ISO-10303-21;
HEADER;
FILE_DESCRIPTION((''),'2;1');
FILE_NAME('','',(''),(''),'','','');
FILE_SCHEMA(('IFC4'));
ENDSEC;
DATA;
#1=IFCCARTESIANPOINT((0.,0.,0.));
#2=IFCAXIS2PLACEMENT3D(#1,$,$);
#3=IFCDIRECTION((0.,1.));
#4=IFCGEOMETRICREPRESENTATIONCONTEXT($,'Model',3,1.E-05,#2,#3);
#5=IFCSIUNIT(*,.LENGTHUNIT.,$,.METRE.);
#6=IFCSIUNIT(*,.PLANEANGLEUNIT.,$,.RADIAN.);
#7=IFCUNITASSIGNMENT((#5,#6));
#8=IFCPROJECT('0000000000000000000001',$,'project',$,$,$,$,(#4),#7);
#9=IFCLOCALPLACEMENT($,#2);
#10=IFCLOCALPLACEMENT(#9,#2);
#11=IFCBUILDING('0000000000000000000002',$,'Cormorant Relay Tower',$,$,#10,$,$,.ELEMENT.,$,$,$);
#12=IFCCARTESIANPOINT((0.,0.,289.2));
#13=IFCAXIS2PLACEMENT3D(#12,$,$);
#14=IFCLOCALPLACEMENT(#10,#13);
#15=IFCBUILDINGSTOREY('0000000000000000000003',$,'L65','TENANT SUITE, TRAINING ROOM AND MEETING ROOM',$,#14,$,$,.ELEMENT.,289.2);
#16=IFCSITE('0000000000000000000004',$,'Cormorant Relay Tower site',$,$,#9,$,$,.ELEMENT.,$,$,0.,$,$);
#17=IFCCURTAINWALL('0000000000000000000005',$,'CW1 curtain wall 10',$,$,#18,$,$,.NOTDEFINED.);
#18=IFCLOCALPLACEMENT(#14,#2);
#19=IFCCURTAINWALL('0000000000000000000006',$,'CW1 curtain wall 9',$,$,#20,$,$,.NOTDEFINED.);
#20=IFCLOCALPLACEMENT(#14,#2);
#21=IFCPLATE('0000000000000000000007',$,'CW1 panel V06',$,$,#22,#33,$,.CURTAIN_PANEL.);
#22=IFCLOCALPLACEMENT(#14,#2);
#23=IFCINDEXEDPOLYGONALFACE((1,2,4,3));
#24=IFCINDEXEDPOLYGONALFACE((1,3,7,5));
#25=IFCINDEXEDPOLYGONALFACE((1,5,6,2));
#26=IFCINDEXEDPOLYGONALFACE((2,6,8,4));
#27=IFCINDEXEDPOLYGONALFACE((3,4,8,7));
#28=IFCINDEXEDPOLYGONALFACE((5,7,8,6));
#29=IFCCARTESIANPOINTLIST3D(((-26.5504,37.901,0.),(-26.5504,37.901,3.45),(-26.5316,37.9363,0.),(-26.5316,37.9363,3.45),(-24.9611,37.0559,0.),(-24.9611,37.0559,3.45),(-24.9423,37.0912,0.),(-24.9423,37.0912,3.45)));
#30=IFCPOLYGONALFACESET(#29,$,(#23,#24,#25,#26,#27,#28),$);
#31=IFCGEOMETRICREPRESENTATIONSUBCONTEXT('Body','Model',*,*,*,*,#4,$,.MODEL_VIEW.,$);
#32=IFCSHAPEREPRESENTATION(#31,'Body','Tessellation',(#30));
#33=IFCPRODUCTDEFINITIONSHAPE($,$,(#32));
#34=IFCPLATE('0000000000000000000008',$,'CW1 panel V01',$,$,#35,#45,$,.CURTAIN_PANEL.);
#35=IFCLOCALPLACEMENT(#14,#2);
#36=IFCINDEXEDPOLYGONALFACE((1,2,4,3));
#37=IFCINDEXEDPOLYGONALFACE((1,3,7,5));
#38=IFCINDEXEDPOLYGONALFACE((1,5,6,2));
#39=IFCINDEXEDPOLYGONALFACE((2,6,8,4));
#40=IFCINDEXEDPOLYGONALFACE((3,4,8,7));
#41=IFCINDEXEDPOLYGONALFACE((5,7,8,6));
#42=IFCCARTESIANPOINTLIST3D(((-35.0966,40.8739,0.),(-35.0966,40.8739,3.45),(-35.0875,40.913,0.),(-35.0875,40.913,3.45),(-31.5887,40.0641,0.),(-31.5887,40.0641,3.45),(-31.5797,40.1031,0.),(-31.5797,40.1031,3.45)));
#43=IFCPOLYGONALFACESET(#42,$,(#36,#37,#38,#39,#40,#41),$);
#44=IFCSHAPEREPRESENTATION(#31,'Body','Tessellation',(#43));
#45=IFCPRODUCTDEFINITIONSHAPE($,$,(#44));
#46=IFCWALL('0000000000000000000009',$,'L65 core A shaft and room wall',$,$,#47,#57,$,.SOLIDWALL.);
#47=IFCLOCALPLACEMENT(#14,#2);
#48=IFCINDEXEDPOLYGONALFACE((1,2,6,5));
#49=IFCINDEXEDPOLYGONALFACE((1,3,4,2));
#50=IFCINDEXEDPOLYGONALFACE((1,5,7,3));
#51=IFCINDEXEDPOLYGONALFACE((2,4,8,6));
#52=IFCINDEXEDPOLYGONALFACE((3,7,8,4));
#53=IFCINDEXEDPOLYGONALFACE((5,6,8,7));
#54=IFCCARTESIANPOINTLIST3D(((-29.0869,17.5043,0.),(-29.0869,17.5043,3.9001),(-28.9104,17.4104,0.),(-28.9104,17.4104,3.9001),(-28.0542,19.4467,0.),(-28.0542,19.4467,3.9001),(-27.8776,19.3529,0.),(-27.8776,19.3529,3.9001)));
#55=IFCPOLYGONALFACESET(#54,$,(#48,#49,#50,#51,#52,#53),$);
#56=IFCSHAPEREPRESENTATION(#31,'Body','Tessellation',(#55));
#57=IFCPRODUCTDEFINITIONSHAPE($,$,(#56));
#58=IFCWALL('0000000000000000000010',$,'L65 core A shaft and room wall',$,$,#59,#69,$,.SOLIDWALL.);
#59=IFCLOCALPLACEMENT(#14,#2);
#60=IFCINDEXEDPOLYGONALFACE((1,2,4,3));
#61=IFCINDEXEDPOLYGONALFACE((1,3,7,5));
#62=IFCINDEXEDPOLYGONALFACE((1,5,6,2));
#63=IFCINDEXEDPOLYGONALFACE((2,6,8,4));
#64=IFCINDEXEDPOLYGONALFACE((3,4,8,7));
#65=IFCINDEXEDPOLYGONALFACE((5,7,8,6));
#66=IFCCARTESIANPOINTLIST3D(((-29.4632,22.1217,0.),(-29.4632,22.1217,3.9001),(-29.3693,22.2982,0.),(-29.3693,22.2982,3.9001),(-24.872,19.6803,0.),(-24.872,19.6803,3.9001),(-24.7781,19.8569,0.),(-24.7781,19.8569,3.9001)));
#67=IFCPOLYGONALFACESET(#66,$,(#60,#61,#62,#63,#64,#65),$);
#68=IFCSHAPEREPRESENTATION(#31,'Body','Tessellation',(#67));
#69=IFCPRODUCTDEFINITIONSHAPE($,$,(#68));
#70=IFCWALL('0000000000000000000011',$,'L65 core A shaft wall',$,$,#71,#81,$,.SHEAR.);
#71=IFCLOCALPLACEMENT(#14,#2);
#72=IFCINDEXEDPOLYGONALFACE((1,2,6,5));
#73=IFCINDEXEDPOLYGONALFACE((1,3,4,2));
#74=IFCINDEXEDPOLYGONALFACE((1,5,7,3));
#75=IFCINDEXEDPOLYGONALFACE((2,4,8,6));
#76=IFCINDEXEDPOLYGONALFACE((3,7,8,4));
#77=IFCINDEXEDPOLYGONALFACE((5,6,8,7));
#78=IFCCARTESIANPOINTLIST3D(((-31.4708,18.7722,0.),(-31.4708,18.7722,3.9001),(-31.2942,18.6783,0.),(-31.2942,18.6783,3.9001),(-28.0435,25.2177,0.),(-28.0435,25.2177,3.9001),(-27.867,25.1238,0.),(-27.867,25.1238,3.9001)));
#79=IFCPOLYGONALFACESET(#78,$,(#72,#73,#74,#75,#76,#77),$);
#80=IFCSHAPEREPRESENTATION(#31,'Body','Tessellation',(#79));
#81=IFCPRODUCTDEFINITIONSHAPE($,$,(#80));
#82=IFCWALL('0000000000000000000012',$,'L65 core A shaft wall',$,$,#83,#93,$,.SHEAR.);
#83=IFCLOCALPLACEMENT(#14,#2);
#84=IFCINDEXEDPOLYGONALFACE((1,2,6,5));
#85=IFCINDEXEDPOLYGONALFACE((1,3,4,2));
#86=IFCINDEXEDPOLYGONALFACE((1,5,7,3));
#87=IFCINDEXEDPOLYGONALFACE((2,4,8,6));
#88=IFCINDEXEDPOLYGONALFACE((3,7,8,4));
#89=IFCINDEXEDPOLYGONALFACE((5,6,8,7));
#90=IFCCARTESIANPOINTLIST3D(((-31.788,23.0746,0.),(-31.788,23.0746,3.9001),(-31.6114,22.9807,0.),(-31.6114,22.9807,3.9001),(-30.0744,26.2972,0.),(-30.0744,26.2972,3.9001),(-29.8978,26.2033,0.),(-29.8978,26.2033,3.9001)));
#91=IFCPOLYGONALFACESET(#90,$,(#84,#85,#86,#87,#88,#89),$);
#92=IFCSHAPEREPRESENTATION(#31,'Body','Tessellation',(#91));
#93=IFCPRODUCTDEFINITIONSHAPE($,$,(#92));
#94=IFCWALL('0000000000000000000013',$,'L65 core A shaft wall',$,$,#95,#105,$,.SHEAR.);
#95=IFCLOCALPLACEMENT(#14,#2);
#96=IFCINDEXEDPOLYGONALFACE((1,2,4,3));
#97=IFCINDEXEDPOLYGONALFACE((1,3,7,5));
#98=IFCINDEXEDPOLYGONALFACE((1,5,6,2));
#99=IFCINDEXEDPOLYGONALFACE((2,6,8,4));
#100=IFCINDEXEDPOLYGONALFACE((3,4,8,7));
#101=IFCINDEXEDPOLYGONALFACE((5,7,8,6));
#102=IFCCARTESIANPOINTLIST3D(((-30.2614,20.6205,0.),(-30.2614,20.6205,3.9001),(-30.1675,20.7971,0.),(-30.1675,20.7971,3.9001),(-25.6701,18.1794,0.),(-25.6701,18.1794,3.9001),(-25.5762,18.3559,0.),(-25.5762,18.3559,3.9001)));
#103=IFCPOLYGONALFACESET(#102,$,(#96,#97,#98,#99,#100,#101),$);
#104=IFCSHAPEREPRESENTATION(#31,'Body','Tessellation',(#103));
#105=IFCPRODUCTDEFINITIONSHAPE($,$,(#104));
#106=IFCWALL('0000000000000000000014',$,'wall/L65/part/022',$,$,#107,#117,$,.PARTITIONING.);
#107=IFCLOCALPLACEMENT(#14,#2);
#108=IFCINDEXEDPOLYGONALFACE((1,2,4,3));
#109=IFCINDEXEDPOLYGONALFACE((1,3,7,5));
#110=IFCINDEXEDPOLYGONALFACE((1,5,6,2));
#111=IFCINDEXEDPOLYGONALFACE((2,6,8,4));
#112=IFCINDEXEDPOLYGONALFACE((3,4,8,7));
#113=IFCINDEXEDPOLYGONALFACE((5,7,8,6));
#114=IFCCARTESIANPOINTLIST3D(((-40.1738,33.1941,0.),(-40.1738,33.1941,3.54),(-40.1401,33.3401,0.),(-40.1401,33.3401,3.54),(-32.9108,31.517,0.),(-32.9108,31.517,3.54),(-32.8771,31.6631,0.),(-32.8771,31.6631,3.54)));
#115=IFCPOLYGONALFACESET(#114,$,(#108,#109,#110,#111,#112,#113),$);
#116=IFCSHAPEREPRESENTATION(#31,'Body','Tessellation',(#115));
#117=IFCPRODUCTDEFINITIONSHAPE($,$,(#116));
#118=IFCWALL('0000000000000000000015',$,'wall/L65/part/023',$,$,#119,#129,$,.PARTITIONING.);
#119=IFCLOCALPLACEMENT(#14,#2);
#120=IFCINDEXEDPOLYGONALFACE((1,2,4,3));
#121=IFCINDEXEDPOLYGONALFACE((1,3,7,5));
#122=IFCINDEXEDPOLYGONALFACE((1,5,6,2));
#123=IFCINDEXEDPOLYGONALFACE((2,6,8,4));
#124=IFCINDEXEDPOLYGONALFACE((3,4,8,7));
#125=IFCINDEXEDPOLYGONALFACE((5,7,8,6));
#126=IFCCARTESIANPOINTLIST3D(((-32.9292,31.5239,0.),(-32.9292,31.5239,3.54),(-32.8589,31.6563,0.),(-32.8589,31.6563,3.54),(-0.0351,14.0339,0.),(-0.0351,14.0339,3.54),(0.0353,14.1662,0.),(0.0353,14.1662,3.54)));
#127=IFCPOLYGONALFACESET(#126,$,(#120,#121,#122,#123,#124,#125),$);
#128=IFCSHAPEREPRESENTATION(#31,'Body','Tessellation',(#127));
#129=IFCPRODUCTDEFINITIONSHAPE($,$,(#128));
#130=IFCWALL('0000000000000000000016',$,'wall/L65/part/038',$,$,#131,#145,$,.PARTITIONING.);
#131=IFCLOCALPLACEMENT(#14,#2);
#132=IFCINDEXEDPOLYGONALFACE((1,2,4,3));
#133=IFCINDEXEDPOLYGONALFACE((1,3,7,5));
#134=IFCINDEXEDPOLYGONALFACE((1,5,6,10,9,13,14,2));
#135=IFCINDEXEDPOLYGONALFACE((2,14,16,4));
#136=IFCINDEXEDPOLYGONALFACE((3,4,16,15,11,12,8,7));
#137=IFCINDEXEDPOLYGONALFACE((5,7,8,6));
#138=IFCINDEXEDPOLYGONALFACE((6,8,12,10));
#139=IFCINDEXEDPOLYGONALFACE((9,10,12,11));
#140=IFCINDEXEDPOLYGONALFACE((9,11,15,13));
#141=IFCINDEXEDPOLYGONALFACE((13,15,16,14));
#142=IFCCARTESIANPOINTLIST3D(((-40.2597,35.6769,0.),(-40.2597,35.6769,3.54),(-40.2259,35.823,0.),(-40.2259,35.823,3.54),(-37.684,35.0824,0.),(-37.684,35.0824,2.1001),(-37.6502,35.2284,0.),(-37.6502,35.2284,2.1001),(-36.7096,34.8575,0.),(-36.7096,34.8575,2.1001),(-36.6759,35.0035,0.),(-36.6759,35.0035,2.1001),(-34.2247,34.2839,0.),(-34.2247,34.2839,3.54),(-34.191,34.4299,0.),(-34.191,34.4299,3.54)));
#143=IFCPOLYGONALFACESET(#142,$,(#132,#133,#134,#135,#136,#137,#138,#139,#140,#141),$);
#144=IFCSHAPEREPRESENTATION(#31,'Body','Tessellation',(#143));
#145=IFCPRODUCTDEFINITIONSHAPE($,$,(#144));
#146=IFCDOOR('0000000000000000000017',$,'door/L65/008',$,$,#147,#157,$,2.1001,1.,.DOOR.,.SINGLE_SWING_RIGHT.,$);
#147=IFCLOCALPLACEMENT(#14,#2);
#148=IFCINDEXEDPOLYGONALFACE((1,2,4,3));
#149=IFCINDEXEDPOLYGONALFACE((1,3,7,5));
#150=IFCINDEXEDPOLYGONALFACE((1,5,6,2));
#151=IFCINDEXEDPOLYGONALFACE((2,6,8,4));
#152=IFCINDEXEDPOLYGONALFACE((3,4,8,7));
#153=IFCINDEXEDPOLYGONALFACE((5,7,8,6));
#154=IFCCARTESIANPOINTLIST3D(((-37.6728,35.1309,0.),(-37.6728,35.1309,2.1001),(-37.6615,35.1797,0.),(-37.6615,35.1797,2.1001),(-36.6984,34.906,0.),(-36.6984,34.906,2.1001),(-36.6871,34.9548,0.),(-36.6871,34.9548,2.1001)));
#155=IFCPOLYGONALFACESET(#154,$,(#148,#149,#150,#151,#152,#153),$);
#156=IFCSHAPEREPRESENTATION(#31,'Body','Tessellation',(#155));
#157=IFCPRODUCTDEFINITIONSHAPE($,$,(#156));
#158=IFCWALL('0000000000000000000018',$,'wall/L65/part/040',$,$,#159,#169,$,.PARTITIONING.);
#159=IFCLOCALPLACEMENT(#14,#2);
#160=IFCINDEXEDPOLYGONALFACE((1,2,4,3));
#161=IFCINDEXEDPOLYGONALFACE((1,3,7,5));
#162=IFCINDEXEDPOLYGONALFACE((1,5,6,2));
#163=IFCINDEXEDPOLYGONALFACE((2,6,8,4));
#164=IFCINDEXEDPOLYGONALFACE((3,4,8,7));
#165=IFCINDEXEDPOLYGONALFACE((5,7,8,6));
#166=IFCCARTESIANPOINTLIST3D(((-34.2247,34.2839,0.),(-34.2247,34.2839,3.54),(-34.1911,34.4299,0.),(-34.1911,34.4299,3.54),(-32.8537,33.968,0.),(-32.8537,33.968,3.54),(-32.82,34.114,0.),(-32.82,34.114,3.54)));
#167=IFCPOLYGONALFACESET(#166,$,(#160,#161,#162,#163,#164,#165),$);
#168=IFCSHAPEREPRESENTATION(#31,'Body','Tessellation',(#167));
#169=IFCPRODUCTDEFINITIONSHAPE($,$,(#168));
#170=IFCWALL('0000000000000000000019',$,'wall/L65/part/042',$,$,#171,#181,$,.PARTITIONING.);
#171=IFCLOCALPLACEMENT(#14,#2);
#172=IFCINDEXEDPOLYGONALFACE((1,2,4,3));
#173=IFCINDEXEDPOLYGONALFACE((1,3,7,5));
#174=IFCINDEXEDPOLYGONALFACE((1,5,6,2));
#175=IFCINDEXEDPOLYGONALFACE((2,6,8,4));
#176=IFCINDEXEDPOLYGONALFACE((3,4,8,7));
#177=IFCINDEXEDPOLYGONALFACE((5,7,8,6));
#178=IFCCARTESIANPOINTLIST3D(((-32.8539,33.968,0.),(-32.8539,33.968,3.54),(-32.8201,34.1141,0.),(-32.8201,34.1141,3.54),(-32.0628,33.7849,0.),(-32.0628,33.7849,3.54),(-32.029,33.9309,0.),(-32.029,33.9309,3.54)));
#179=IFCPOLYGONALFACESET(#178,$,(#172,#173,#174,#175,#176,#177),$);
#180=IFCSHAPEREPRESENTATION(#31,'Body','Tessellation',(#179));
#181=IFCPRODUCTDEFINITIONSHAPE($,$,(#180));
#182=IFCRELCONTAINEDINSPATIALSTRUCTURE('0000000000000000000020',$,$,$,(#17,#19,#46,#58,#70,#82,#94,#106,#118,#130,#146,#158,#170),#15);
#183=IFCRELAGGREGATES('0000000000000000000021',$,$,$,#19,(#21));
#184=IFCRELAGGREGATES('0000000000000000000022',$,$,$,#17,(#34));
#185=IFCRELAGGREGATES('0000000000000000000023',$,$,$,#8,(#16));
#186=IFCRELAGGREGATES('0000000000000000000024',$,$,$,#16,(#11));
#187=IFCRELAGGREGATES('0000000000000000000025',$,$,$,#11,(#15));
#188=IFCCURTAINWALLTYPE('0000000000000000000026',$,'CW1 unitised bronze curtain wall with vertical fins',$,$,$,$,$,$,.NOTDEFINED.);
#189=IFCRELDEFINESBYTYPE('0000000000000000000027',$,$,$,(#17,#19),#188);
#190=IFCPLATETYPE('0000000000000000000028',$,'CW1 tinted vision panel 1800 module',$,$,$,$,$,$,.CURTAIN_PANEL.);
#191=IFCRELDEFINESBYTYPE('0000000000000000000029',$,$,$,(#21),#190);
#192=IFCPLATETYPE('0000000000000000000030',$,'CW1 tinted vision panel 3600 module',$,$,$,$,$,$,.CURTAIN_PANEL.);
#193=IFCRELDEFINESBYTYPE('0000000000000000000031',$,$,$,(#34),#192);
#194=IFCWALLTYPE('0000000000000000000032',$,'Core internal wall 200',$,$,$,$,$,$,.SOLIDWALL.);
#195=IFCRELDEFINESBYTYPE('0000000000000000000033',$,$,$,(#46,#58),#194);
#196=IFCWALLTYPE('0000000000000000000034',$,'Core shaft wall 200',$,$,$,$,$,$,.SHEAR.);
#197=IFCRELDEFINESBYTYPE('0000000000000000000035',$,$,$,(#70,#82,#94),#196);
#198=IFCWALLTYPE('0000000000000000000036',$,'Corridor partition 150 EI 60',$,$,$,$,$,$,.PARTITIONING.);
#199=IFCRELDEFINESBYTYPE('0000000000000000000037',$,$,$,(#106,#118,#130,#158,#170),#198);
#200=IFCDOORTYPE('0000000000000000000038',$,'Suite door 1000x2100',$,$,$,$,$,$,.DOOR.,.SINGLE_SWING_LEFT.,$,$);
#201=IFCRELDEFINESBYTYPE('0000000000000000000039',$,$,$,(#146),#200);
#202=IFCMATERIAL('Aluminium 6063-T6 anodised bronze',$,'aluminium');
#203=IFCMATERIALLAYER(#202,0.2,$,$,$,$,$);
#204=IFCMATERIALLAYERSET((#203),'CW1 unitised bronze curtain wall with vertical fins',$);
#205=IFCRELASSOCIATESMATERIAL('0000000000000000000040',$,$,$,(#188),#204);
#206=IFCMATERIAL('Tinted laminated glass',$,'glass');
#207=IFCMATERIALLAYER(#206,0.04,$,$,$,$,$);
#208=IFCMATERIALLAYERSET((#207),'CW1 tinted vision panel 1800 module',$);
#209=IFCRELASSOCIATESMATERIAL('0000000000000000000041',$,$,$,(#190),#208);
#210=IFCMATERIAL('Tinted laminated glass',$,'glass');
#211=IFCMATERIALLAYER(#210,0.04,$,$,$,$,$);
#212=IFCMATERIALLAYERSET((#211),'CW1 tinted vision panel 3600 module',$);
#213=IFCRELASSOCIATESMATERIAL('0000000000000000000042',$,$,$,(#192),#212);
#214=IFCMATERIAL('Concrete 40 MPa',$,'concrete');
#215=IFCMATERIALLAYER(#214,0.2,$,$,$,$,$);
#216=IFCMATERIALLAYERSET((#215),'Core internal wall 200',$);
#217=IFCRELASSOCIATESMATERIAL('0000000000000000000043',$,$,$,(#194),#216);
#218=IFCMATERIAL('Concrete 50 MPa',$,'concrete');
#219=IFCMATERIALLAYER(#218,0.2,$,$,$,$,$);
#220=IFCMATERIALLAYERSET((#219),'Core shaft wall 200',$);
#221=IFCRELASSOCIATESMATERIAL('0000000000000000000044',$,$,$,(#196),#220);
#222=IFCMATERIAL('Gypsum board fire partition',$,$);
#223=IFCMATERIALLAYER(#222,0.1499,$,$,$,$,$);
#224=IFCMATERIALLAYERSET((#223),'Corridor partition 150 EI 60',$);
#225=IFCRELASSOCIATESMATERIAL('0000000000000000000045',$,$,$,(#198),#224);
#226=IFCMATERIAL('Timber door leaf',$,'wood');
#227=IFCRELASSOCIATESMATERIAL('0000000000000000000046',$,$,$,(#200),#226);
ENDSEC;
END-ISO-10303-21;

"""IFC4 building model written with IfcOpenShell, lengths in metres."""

from ifc_helpers import new_model, si_unit, direction, frame, frame_2d, origin, origin_2d, place, context, subcontext, project, spatial, rectangle, extrude, material, layer, layer_set, type_object, element, fill, aggregate, save


model = new_model("IFC4")

# Units and contexts
model_context = context("Model", 3, precision=1e-05, world=origin(), true_north=direction((0.0, 1.0)))
body_context = subcontext(model_context, "Body", "Model", "MODEL_VIEW")
ifc_project = project(units=[si_unit("LENGTHUNIT", "METRE"), si_unit("PLANEANGLEUNIT", "RADIAN")], contexts=[model_context])

# Site, building, storey
site_placement = place(None, origin())
site = spatial("IfcSite", under=ifc_project, at=site_placement, Name="Cormorant Relay Tower site", CompositionType="ELEMENT", RefElevation=0.0)
building_placement = place(site_placement, origin())
building = spatial("IfcBuilding", under=site, at=building_placement, Name="Cormorant Relay Tower", CompositionType="ELEMENT")
storey_placement = place(building_placement, frame((0.0, 0.0, 289.2)))
storey = spatial("IfcBuildingStorey", under=building, at=storey_placement, Name="L65", Description="TENANT SUITE, TRAINING ROOM AND MEETING ROOM", CompositionType="ELEMENT", Elevation=289.2)

# Curtain wall
ifc_material_1 = material(Name="Aluminium 6063-T6 anodised bronze", Category="aluminium")
ifc_layer_1 = layer(ifc_material_1, 0.2)
ifc_layer_set_1 = layer_set([ifc_layer_1], Name="CW1 unitised bronze curtain wall with vertical fins")
curtain_wall_type = type_object("IfcCurtainWallType", Name="CW1 unitised bronze curtain wall with vertical fins", PredefinedType="NOTDEFINED", material=ifc_layer_set_1)
curtain_wall_1_placement = place(storey_placement, origin())
curtain_wall_1 = element("IfcCurtainWall", 1, at=curtain_wall_1_placement, inside=storey, type_object=curtain_wall_type, Name="CW1 curtain wall 10", PredefinedType="NOTDEFINED")

# Curtain wall, plate
curtain_wall_2_placement = place(storey_placement, origin())
curtain_wall_2 = element("IfcCurtainWall", 2, at=curtain_wall_2_placement, inside=storey, type_object=curtain_wall_type, Name="CW1 curtain wall 9", PredefinedType="NOTDEFINED")
ifc_material_2 = material(Name="Tinted laminated glass", Category="glass")
ifc_layer_2 = layer(ifc_material_2, 0.04)
ifc_layer_set_2 = layer_set([ifc_layer_2], Name="CW1 tinted vision panel 1800 module")
plate_type_1 = type_object("IfcPlateType", Name="CW1 tinted vision panel 1800 module", PredefinedType="CURTAIN_PANEL", material=ifc_layer_set_2)
plate_1_placement = place(storey_placement, frame((-25.7463, 37.4961, 0.0), z_axis=(0.0, 0.0, 1.0), x_axis=(-0.882948, 0.469472, 0.0)))
plate_1 = element("IfcPlate", 3, at=plate_1_placement, type_object=plate_type_1, Name="CW1 panel V06", PredefinedType="CURTAIN_PANEL", context=body_context, shape_type="SweptSolid", body=[
    extrude(rectangle(XDim=1.8, YDim=0.04, at=origin_2d()), origin(), (0.0, 0.0, 1.0), 3.45),
])

# Plate
ifc_material_3 = material(Name="Tinted laminated glass", Category="glass")
ifc_layer_3 = layer(ifc_material_3, 0.04)
ifc_layer_set_3 = layer_set([ifc_layer_3], Name="CW1 tinted vision panel 3600 module")
plate_type_2 = type_object("IfcPlateType", Name="CW1 tinted vision panel 3600 module", PredefinedType="CURTAIN_PANEL", material=ifc_layer_set_3)
plate_2_placement = place(storey_placement, frame((-33.3381, 40.4885, 0.0), z_axis=(0.0, 0.0, 1.0), x_axis=(-0.97437, 0.224951, 0.0)))
plate_2 = element("IfcPlate", 4, at=plate_2_placement, type_object=plate_type_2, Name="CW1 panel V01", PredefinedType="CURTAIN_PANEL", context=body_context, shape_type="SweptSolid", body=[
    extrude(rectangle(XDim=3.6001, YDim=0.04, at=origin_2d()), origin(), (0.0, 0.0, 1.0), 3.45),
])

# Walls
ifc_material_4 = material(Name="Concrete 40 MPa", Category="concrete")
ifc_layer_4 = layer(ifc_material_4, 0.2)
ifc_layer_set_4 = layer_set([ifc_layer_4], Name="Core internal wall 200")
wall_type_1 = type_object("IfcWallType", Name="Core internal wall 200", PredefinedType="SOLIDWALL", material=ifc_layer_set_4)
wall_1_placement = place(storey_placement, frame((-27.9658, 19.3999, 0.0), z_axis=(0.0, 0.0, 1.0), x_axis=(-0.469447, -0.88296, 0.0)))
element("IfcWall", 5, at=wall_1_placement, inside=storey, type_object=wall_type_1, Name="L65 core A shaft and room wall", PredefinedType="SOLIDWALL", context=body_context, shape_type="SweptSolid", body=[
    extrude(rectangle(XDim=2.2, YDim=0.2, at=frame_2d((1.1001, 0.0))), origin(), (0.0, 0.0, 1.0), 3.9001),
])
wall_2_placement = place(storey_placement, frame((-24.825, 19.7686, 0.0), z_axis=(0.0, 0.0, 1.0), x_axis=(-0.882935, 0.469496, 0.0)))
element("IfcWall", 6, at=wall_2_placement, inside=storey, type_object=wall_type_1, Name="L65 core A shaft and room wall", PredefinedType="SOLIDWALL", context=body_context, shape_type="SweptSolid", body=[
    extrude(rectangle(XDim=5.2, YDim=0.2, at=frame_2d((2.6001, 0.0))), origin(), (0.0, 0.0, 1.0), 3.9001),
])
ifc_material_5 = material(Name="Concrete 50 MPa", Category="concrete")
ifc_layer_5 = layer(ifc_material_5, 0.2)
ifc_layer_set_5 = layer_set([ifc_layer_5], Name="Core shaft wall 200")
wall_type_2 = type_object("IfcWallType", Name="Core shaft wall 200", PredefinedType="SHEAR", material=ifc_layer_set_5)
wall_3_placement = place(storey_placement, frame((-27.9553, 25.1707, 0.0), z_axis=(0.0, 0.0, 1.0), x_axis=(-0.46948, -0.882943, 0.0)))
element("IfcWall", 7, at=wall_3_placement, inside=storey, type_object=wall_type_2, Name="L65 core A shaft wall", PredefinedType="SHEAR", context=body_context, shape_type="SweptSolid", body=[
    extrude(rectangle(XDim=7.3, YDim=0.2, at=frame_2d((3.6499, 0.0))), origin(), (0.0, 0.0, 1.0), 3.9001),
])
wall_4_placement = place(storey_placement, frame((-29.9861, 26.2502, 0.0), z_axis=(0.0, 0.0, 1.0), x_axis=(-0.469494, -0.882936, 0.0)))
element("IfcWall", 8, at=wall_4_placement, inside=storey, type_object=wall_type_2, Name="L65 core A shaft wall", PredefinedType="SHEAR", context=body_context, shape_type="SweptSolid", body=[
    extrude(rectangle(XDim=3.6499, YDim=0.2, at=frame_2d((1.825, 0.0))), origin(), (0.0, 0.0, 1.0), 3.9001),
])

# Wall
wall_5_placement = place(storey_placement, frame((-25.623, 18.2676, 0.0), z_axis=(0.0, 0.0, 1.0), x_axis=(-0.882954, 0.46946, 0.0)))
element("IfcWall", 9, at=wall_5_placement, inside=storey, type_object=wall_type_2, Name="L65 core A shaft wall", PredefinedType="SHEAR", context=body_context, shape_type="SweptSolid", body=[
    extrude(rectangle(XDim=5.2, YDim=0.2, at=frame_2d((2.6001, 0.0))), origin(), (0.0, 0.0, 1.0), 3.9001),
])

# Walls
ifc_material_6 = material(Name="Gypsum board fire partition")
ifc_layer_6 = layer(ifc_material_6, 0.1499)
ifc_layer_set_6 = layer_set([ifc_layer_6], Name="Corridor partition 150 EI 60")
wall_type_3 = type_object("IfcWallType", Name="Corridor partition 150 EI 60", PredefinedType="PARTITIONING", material=ifc_layer_set_6)
wall_6_placement = place(storey_placement, frame((-40.157, 33.2671, 0.0), z_axis=(0.0, 0.0, 1.0), x_axis=(0.974364, -0.224979, 0.0)))
element("IfcWall", 10, at=wall_6_placement, inside=storey, type_object=wall_type_3, Name="wall/L65/part/022", PredefinedType="PARTITIONING", context=body_context, shape_type="SweptSolid", body=[
    extrude(rectangle(XDim=7.4541, YDim=0.1499, at=frame_2d((3.7271, 0.0))), origin(), (0.0, 0.0, 1.0), 3.54),
])
wall_7_placement = place(storey_placement, frame((-32.894, 31.5901, 0.0), z_axis=(0.0, 0.0, 1.0), x_axis=(0.882949, -0.46947, 0.0)))
element("IfcWall", 11, at=wall_7_placement, inside=storey, type_object=wall_type_3, Name="wall/L65/part/023", PredefinedType="PARTITIONING", context=body_context, shape_type="SweptSolid", body=[
    extrude(rectangle(XDim=37.2549, YDim=0.1499, at=frame_2d((18.6274, 0.0))), origin(), (0.0, 0.0, 1.0), 3.54),
])

# Wall, opening, door
wall_8_placement = place(storey_placement, frame((-34.208, 34.3569, 0.0), z_axis=(0.0, 0.0, 1.0), x_axis=(-0.974377, 0.22492, 0.0)))
wall_8 = element("IfcWall", 12, at=wall_8_placement, inside=storey, type_object=wall_type_3, Name="wall/L65/part/038", PredefinedType="PARTITIONING", context=body_context, shape_type="SweptSolid", body=[
    extrude(rectangle(XDim=6.1936, YDim=0.1499, at=frame_2d((3.0967, 0.0))), origin(), (0.0, 0.0, 1.0), 3.54),
])
opening_1_placement = place(wall_8_placement, frame((2.55, 0.0, 0.0)))
opening_1 = element("IfcOpeningElement", 13, at=opening_1_placement, cuts=wall_8, PredefinedType="OPENING", context=body_context, shape_type="SweptSolid", body=[
    extrude(rectangle(XDim=1.0, YDim=2.1001, at=frame_2d((0.5, 1.05))), frame((0.0, 0.085, 0.0), z_axis=(0.0, -1.0, 0.0), x_axis=(1.0, 0.0, 0.0)), (0.0, 0.0, 1.0), 0.1699),
])
ifc_material_7 = material(Name="Timber door leaf", Category="wood")
door_type_1 = type_object("IfcDoorType", Name="Suite door 1000x2100", OperationType="SINGLE_SWING_LEFT", PredefinedType="DOOR", material=ifc_material_7)
door_1_placement = place(opening_1_placement, frame((1.0, 0.0, 0.0), z_axis=(0.0, 0.0, 1.0), x_axis=(-1.0, 0.0, 0.0)))
door_1 = element("IfcDoor", 14, at=door_1_placement, inside=storey, type_object=door_type_1, Name="door/L65/008", OperationType="SINGLE_SWING_RIGHT", OverallHeight=2.1001, OverallWidth=1.0, PredefinedType="DOOR", context=body_context, shape_type="SweptSolid", body=[
    extrude(rectangle(XDim=1.0, YDim=2.1001, at=frame_2d((0.5, 1.05))), frame((0.0, 0.0249, 0.0), z_axis=(0.0, -1.0, 0.0), x_axis=(1.0, 0.0, 0.0)), (0.0, 0.0, 1.0), 0.05),
])
fill(opening_1, door_1)

# Walls
wall_9_placement = place(storey_placement, frame((-34.208, 34.3569, 0.0), z_axis=(0.0, 0.0, 1.0), x_axis=(0.974467, -0.22453, 0.0)))
element("IfcWall", 15, at=wall_9_placement, inside=storey, type_object=wall_type_3, Name="wall/L65/part/040", PredefinedType="PARTITIONING", context=body_context, shape_type="SweptSolid", body=[
    extrude(rectangle(XDim=1.407, YDim=0.1499, at=frame_2d((0.7036, 0.0))), origin(), (0.0, 0.0, 1.0), 3.54),
])
wall_10_placement = place(storey_placement, frame((-32.0459, 33.8579, 0.0), z_axis=(0.0, 0.0, 1.0), x_axis=(-0.974239, 0.225518, 0.0)))
element("IfcWall", 16, at=wall_10_placement, inside=storey, type_object=wall_type_3, Name="wall/L65/part/042", PredefinedType="PARTITIONING", context=body_context, shape_type="SweptSolid", body=[
    extrude(rectangle(XDim=0.812, YDim=0.1499, at=frame_2d((0.406, 0.0))), origin(), (0.0, 0.0, 1.0), 3.54),
])

aggregate(curtain_wall_2, [plate_1])
aggregate(curtain_wall_1, [plate_2])

save(model, "model.ifc")
